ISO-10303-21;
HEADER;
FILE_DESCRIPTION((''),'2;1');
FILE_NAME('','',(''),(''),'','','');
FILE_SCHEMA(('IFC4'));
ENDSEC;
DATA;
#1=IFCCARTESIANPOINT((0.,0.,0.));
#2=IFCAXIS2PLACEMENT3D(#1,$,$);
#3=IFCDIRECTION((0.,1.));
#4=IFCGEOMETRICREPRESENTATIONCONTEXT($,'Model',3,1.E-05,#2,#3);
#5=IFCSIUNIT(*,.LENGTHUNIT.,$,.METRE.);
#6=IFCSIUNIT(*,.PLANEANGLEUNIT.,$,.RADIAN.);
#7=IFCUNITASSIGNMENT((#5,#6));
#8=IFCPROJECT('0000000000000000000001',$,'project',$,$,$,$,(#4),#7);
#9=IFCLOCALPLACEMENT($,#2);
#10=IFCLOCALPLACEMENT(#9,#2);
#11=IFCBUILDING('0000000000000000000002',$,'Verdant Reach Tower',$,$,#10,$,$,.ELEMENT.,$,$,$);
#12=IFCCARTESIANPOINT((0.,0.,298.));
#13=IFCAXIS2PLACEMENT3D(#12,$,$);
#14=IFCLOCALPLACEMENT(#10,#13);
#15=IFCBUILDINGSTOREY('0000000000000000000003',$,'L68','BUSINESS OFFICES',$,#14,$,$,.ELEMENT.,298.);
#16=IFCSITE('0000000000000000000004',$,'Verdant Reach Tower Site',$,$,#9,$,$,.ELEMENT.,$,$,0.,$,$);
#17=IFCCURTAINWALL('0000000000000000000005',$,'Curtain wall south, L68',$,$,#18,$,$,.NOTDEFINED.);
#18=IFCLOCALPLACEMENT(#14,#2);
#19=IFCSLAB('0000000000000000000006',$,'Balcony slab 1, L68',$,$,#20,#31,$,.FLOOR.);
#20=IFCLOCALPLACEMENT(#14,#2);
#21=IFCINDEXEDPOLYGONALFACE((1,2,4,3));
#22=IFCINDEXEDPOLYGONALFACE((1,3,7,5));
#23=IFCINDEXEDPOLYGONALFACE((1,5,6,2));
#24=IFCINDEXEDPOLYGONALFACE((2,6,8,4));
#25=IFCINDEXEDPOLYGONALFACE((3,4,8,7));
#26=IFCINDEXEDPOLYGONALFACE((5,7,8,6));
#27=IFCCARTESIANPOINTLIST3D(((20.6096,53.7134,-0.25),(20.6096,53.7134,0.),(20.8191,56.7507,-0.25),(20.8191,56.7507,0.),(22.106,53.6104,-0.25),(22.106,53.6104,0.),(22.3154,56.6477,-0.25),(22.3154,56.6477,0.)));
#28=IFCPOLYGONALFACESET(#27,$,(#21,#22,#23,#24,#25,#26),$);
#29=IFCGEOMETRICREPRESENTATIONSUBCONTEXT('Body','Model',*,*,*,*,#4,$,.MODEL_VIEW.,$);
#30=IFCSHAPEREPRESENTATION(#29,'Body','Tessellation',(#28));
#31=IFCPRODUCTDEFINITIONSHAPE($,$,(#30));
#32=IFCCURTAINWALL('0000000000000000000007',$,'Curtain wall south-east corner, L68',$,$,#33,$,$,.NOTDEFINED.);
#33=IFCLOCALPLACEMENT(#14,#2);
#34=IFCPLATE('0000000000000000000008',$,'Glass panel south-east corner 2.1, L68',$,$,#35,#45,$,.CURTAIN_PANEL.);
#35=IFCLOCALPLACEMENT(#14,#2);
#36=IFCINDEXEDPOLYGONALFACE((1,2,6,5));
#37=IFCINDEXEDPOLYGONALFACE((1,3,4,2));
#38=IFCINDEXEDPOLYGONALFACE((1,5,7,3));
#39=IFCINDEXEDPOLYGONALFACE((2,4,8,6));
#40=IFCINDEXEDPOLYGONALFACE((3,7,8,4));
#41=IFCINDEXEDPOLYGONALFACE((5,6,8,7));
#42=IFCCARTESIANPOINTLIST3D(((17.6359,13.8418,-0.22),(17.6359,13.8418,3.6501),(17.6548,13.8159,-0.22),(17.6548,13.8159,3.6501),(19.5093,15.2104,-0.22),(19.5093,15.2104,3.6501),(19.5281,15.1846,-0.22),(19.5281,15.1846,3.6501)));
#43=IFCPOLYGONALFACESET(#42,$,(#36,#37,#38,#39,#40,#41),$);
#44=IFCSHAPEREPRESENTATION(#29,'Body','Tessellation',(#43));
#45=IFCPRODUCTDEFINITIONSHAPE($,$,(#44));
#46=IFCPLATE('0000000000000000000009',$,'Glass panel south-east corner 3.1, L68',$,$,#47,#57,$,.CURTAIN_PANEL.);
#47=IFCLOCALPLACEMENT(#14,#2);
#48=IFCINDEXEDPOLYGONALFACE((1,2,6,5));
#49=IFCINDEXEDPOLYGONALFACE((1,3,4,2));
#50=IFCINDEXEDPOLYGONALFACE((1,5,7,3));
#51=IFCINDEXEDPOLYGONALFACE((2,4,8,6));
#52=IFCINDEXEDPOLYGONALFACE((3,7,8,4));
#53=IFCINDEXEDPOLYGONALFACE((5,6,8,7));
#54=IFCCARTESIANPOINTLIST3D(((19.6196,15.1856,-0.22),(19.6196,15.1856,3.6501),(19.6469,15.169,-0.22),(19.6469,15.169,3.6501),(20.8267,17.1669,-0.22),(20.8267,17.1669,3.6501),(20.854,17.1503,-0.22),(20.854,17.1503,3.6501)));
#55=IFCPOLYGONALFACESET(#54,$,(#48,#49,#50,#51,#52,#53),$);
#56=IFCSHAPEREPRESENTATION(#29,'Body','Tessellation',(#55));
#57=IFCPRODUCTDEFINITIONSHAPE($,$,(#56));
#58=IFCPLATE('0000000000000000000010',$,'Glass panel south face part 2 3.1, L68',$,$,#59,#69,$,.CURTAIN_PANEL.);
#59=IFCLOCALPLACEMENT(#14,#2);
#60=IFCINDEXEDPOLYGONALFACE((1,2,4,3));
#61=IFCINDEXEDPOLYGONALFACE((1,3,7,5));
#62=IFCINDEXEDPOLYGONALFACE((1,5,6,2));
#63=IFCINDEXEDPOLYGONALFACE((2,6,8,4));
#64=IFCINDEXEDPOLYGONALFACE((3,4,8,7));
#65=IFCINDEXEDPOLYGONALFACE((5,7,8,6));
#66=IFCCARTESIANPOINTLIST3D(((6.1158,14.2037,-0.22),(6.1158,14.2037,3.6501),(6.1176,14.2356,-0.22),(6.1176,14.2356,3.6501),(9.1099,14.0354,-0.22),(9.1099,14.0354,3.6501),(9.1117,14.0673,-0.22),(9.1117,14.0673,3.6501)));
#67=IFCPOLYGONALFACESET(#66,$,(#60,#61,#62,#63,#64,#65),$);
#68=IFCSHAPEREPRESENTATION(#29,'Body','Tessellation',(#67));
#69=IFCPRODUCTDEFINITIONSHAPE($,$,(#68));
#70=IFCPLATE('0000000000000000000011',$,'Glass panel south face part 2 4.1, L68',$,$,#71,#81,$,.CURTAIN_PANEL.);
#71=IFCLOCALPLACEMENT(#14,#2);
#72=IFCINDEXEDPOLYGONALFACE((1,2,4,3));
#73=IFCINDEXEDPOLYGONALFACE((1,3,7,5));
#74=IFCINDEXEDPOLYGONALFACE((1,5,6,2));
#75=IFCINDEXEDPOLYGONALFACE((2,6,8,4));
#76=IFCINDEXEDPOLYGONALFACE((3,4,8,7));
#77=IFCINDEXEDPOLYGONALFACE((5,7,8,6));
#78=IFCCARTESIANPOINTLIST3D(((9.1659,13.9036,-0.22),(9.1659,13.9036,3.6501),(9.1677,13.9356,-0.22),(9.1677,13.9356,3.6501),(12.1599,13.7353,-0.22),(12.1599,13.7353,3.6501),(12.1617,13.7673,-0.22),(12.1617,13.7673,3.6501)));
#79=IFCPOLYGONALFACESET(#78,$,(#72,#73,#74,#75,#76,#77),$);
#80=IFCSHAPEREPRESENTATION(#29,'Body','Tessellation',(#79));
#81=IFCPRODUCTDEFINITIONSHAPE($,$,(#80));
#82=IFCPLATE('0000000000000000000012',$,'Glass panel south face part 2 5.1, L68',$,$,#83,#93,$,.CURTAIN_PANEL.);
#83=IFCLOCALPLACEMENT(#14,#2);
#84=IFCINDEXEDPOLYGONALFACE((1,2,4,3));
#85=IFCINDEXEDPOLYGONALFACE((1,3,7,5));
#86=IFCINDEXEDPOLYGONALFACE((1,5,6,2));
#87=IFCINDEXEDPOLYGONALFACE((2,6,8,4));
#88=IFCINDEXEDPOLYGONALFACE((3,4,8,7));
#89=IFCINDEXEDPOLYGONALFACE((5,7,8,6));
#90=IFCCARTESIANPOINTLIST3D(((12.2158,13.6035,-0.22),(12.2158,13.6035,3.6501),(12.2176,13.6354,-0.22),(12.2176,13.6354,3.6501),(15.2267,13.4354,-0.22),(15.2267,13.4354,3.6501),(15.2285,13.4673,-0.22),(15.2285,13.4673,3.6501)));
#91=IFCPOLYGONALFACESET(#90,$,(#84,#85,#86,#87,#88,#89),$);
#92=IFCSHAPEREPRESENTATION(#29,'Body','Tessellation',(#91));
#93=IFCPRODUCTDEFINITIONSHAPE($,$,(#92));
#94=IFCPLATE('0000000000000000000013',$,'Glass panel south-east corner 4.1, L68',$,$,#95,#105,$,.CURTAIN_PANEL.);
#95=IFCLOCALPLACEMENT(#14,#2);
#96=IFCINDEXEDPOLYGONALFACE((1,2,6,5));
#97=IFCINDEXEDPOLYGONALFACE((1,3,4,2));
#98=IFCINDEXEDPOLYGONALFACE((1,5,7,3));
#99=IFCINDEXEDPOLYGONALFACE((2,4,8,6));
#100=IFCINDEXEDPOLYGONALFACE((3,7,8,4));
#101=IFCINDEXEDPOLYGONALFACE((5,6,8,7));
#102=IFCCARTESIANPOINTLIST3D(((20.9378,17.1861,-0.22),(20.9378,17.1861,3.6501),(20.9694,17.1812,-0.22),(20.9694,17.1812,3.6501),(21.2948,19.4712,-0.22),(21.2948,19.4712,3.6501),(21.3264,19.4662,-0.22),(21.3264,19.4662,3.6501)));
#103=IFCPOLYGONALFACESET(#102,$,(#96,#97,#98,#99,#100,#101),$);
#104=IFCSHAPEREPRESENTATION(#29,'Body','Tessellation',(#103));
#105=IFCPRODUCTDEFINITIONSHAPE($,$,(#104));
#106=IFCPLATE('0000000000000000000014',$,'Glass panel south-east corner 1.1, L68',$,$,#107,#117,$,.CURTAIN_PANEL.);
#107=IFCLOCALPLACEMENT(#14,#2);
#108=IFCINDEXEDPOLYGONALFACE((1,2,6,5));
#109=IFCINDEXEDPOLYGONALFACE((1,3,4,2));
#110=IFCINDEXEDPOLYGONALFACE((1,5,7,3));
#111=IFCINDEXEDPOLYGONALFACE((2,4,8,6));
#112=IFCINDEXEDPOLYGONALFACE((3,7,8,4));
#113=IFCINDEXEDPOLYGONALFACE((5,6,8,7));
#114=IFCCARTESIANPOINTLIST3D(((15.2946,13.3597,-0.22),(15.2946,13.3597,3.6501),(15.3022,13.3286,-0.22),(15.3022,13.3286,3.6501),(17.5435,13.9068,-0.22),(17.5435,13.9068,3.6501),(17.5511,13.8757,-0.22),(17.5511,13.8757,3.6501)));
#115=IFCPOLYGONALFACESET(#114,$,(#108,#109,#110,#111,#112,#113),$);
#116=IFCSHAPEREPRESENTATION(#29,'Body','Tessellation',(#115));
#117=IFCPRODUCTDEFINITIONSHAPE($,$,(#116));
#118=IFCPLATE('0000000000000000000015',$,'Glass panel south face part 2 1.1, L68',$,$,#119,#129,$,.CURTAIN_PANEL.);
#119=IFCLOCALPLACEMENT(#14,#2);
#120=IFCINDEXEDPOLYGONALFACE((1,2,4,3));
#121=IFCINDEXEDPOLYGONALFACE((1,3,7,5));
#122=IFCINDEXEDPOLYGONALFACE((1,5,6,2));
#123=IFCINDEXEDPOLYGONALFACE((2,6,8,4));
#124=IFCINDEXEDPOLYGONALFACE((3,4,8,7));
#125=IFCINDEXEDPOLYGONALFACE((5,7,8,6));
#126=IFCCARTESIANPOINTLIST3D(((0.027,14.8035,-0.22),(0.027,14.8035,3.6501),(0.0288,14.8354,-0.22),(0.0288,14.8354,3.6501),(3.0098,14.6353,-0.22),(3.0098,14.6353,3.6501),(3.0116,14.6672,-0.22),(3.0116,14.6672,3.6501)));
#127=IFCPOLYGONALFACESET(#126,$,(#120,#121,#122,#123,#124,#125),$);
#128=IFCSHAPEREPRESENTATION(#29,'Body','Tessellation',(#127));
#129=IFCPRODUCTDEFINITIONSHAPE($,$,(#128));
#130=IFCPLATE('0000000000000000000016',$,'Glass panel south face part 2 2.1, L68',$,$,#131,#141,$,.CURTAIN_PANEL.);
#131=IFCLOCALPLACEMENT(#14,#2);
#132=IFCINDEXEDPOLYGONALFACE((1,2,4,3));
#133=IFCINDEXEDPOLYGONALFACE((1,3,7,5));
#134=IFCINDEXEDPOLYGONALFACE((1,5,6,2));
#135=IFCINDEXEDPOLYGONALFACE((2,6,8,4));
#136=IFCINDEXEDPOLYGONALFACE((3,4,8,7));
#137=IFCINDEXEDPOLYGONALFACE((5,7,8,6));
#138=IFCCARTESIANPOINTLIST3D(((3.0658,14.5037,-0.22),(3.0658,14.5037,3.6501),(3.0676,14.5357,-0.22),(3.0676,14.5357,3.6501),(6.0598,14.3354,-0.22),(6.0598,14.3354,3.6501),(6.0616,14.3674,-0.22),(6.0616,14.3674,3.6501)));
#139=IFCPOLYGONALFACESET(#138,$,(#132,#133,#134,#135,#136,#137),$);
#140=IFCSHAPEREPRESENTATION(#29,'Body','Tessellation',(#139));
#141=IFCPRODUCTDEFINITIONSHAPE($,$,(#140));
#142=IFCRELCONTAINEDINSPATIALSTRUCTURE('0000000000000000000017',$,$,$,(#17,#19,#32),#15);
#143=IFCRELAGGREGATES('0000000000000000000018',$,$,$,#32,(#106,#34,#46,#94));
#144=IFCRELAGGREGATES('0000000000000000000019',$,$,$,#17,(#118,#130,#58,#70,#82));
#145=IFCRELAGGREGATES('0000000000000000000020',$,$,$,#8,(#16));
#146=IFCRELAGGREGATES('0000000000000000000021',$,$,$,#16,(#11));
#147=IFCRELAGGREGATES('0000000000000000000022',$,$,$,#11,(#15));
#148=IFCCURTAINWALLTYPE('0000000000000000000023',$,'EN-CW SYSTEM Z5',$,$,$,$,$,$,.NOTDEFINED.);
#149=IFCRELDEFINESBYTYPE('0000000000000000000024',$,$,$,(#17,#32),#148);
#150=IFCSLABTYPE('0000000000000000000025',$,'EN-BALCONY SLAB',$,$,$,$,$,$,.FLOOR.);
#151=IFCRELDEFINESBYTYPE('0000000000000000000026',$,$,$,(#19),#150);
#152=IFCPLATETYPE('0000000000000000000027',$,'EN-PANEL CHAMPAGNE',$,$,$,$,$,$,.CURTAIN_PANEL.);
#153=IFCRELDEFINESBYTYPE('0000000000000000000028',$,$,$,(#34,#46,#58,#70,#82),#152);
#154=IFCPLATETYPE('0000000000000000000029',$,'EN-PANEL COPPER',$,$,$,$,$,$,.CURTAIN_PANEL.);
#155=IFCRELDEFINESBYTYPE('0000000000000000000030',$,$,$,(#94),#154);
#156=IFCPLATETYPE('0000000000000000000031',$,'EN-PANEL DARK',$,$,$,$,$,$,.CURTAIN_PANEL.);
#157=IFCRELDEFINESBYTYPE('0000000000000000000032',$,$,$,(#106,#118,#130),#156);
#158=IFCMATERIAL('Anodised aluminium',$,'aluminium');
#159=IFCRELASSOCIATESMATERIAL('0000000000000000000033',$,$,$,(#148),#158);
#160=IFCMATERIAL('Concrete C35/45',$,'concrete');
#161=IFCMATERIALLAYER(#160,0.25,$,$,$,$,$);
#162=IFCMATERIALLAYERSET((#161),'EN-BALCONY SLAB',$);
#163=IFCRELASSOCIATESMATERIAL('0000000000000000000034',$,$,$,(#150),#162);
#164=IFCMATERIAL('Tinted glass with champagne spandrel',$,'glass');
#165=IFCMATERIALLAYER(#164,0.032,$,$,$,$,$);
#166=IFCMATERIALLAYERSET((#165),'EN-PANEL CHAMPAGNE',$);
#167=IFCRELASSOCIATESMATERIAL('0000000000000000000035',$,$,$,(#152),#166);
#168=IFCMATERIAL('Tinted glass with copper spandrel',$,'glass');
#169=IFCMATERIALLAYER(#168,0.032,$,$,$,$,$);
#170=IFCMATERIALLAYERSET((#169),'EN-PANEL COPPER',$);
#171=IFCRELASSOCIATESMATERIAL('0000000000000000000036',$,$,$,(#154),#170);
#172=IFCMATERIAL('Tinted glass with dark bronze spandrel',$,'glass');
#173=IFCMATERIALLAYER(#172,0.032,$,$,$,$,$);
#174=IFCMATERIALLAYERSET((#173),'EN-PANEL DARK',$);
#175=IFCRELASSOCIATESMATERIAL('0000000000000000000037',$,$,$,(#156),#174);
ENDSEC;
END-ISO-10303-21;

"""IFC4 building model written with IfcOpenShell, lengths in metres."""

from ifc_helpers import new_model, si_unit, direction, frame, origin, origin_2d, place, context, subcontext, project, spatial, polyline, rectangle, outline, extrude, material, layer, layer_set, type_object, element, aggregate, save


model = new_model("IFC4")

# Units and contexts
model_context = context("Model", 3, precision=1e-05, world=origin(), true_north=direction((0.0, 1.0)))
body_context = subcontext(model_context, "Body", "Model", "MODEL_VIEW")
ifc_project = project(units=[si_unit("LENGTHUNIT", "METRE"), si_unit("PLANEANGLEUNIT", "RADIAN")], contexts=[model_context])

# Site, building, storey
site_placement = place(None, origin())
site = spatial("IfcSite", under=ifc_project, at=site_placement, Name="Verdant Reach Tower Site", CompositionType="ELEMENT", RefElevation=0.0)
building_placement = place(site_placement, origin())
building = spatial("IfcBuilding", under=site, at=building_placement, Name="Verdant Reach Tower", CompositionType="ELEMENT")
storey_placement = place(building_placement, frame((0.0, 0.0, 298.0)))
storey = spatial("IfcBuildingStorey", under=building, at=storey_placement, Name="L68", Description="BUSINESS OFFICES", CompositionType="ELEMENT", Elevation=298.0)

# Curtain wall
ifc_material_1 = material(Name="Anodised aluminium", Category="aluminium")
curtain_wall_type = type_object("IfcCurtainWallType", Name="EN-CW SYSTEM Z5", PredefinedType="NOTDEFINED", material=ifc_material_1)
curtain_wall_1_placement = place(storey_placement, origin())
curtain_wall_1 = element("IfcCurtainWall", 1, at=curtain_wall_1_placement, inside=storey, type_object=curtain_wall_type, Name="Curtain wall south, L68", PredefinedType="NOTDEFINED")

# Slab
ifc_material_2 = material(Name="Concrete C35/45", Category="concrete")
ifc_layer_1 = layer(ifc_material_2, 0.25)
ifc_layer_set_1 = layer_set([ifc_layer_1], Name="EN-BALCONY SLAB")
slab_type_1 = type_object("IfcSlabType", Name="EN-BALCONY SLAB", PredefinedType="FLOOR", material=ifc_layer_set_1)
slab_1_placement = place(storey_placement, frame((0.0, 0.0, -0.25)))
element("IfcSlab", 2, at=slab_1_placement, inside=storey, type_object=slab_type_1, Name="Balcony slab 1, L68", PredefinedType="FLOOR", context=body_context, shape_type="SweptSolid", body=[
    extrude(outline(polyline([(20.6096, 53.7134), (20.8191, 56.7507), (22.3154, 56.6477), (22.106, 53.6104), (20.6096, 53.7134)])), origin(), (0.0, 0.0, 1.0), 0.25),
])

# Curtain wall, plates
curtain_wall_2_placement = place(storey_placement, origin())
curtain_wall_2 = element("IfcCurtainWall", 3, at=curtain_wall_2_placement, inside=storey, type_object=curtain_wall_type, Name="Curtain wall south-east corner, L68", PredefinedType="NOTDEFINED")
ifc_material_3 = material(Name="Tinted glass with champagne spandrel", Category="glass")
ifc_layer_2 = layer(ifc_material_3, 0.032)
ifc_layer_set_2 = layer_set([ifc_layer_2], Name="EN-PANEL CHAMPAGNE")
plate_type_1 = type_object("IfcPlateType", Name="EN-PANEL CHAMPAGNE", PredefinedType="CURTAIN_PANEL", material=ifc_layer_set_2)
plate_1_placement = place(storey_placement, frame((18.582, 14.5132, -0.22), z_axis=(0.0, 0.0, 1.0), x_axis=(0.807457, 0.589927, 0.0)))
plate_1 = element("IfcPlate", 4, at=plate_1_placement, type_object=plate_type_1, Name="Glass panel south-east corner 2.1, L68", PredefinedType="CURTAIN_PANEL", context=body_context, shape_type="SweptSolid", body=[
    extrude(rectangle(XDim=2.3201, YDim=0.032, at=origin_2d()), origin(), (0.0, 0.0, 1.0), 3.8701),
])
plate_2_placement = place(storey_placement, frame((20.2368, 16.168, -0.22), z_axis=(0.0, 0.0, 1.0), x_axis=(0.520292, 0.853989, 0.0)))
plate_2 = element("IfcPlate", 5, at=plate_2_placement, type_object=plate_type_1, Name="Glass panel south-east corner 3.1, L68", PredefinedType="CURTAIN_PANEL", context=body_context, shape_type="SweptSolid", body=[
    extrude(rectangle(XDim=2.3201, YDim=0.032, at=origin_2d()), origin(), (0.0, 0.0, 1.0), 3.8701),
])

# Plates
plate_3_placement = place(storey_placement, frame((7.6138, 14.1355, -0.22), z_axis=(0.0, 0.0, 1.0), x_axis=(0.998424, -0.056128, 0.0)))
plate_3 = element("IfcPlate", 6, at=plate_3_placement, type_object=plate_type_1, Name="Glass panel south face part 2 3.1, L68", PredefinedType="CURTAIN_PANEL", context=body_context, shape_type="SweptSolid", body=[
    extrude(rectangle(XDim=2.9988, YDim=0.032, at=origin_2d()), origin(), (0.0, 0.0, 1.0), 3.8701),
])
plate_4_placement = place(storey_placement, frame((10.6638, 13.8354, -0.22), z_axis=(0.0, 0.0, 1.0), x_axis=(0.998424, -0.056128, 0.0)))
plate_4 = element("IfcPlate", 7, at=plate_4_placement, type_object=plate_type_1, Name="Glass panel south face part 2 4.1, L68", PredefinedType="CURTAIN_PANEL", context=body_context, shape_type="SweptSolid", body=[
    extrude(rectangle(XDim=2.9988, YDim=0.032, at=origin_2d()), origin(), (0.0, 0.0, 1.0), 3.8701),
])
plate_5_placement = place(storey_placement, frame((13.7222, 13.5354, -0.22), z_axis=(0.0, 0.0, 1.0), x_axis=(0.998446, -0.055725, 0.0)))
plate_5 = element("IfcPlate", 8, at=plate_5_placement, type_object=plate_type_1, Name="Glass panel south face part 2 5.1, L68", PredefinedType="CURTAIN_PANEL", context=body_context, shape_type="SweptSolid", body=[
    extrude(rectangle(XDim=3.0156, YDim=0.032, at=origin_2d()), origin(), (0.0, 0.0, 1.0), 3.8701),
])
ifc_material_4 = material(Name="Tinted glass with copper spandrel", Category="glass")
ifc_layer_3 = layer(ifc_material_4, 0.032)
ifc_layer_set_3 = layer_set([ifc_layer_3], Name="EN-PANEL COPPER")
plate_type_2 = type_object("IfcPlateType", Name="EN-PANEL COPPER", PredefinedType="CURTAIN_PANEL", material=ifc_layer_set_3)
plate_6_placement = place(storey_placement, frame((21.1321, 18.3262, -0.22), z_axis=(0.0, 0.0, 1.0), x_axis=(0.154337, 0.988018, 0.0)))
plate_6 = element("IfcPlate", 9, at=plate_6_placement, type_object=plate_type_2, Name="Glass panel south-east corner 4.1, L68", PredefinedType="CURTAIN_PANEL", context=body_context, shape_type="SweptSolid", body=[
    extrude(rectangle(XDim=2.3127, YDim=0.032, at=origin_2d()), origin(), (0.0, 0.0, 1.0), 3.8701),
])
ifc_material_5 = material(Name="Tinted glass with dark bronze spandrel", Category="glass")
ifc_layer_4 = layer(ifc_material_5, 0.032)
ifc_layer_set_4 = layer_set([ifc_layer_4], Name="EN-PANEL DARK")
plate_type_3 = type_object("IfcPlateType", Name="EN-PANEL DARK", PredefinedType="CURTAIN_PANEL", material=ifc_layer_set_4)
plate_7_placement = place(storey_placement, frame((16.4229, 13.6177, -0.22), z_axis=(0.0, 0.0, 1.0), x_axis=(0.971662, 0.236376, 0.0)))
plate_7 = element("IfcPlate", 10, at=plate_7_placement, type_object=plate_type_3, Name="Glass panel south-east corner 1.1, L68", PredefinedType="CURTAIN_PANEL", context=body_context, shape_type="SweptSolid", body=[
    extrude(rectangle(XDim=2.3145, YDim=0.032, at=origin_2d()), origin(), (0.0, 0.0, 1.0), 3.8701),
])
aggregate(curtain_wall_2, [plate_7, plate_1, plate_2, plate_6])
plate_8_placement = place(storey_placement, frame((1.5193, 14.7354, -0.22), z_axis=(0.0, 0.0, 1.0), x_axis=(0.998413, -0.056308, 0.0)))
plate_8 = element("IfcPlate", 11, at=plate_8_placement, type_object=plate_type_3, Name="Glass panel south face part 2 1.1, L68", PredefinedType="CURTAIN_PANEL", context=body_context, shape_type="SweptSolid", body=[
    extrude(rectangle(XDim=2.9875, YDim=0.032, at=origin_2d()), origin(), (0.0, 0.0, 1.0), 3.8701),
])
plate_9_placement = place(storey_placement, frame((4.5637, 14.4355, -0.22), z_axis=(0.0, 0.0, 1.0), x_axis=(0.998424, -0.056128, 0.0)))
plate_9 = element("IfcPlate", 12, at=plate_9_placement, type_object=plate_type_3, Name="Glass panel south face part 2 2.1, L68", PredefinedType="CURTAIN_PANEL", context=body_context, shape_type="SweptSolid", body=[
    extrude(rectangle(XDim=2.9988, YDim=0.032, at=origin_2d()), origin(), (0.0, 0.0, 1.0), 3.8701),
])
aggregate(curtain_wall_1, [plate_8, plate_9, plate_3, plate_4, plate_5])

save(model, "model.ifc")
